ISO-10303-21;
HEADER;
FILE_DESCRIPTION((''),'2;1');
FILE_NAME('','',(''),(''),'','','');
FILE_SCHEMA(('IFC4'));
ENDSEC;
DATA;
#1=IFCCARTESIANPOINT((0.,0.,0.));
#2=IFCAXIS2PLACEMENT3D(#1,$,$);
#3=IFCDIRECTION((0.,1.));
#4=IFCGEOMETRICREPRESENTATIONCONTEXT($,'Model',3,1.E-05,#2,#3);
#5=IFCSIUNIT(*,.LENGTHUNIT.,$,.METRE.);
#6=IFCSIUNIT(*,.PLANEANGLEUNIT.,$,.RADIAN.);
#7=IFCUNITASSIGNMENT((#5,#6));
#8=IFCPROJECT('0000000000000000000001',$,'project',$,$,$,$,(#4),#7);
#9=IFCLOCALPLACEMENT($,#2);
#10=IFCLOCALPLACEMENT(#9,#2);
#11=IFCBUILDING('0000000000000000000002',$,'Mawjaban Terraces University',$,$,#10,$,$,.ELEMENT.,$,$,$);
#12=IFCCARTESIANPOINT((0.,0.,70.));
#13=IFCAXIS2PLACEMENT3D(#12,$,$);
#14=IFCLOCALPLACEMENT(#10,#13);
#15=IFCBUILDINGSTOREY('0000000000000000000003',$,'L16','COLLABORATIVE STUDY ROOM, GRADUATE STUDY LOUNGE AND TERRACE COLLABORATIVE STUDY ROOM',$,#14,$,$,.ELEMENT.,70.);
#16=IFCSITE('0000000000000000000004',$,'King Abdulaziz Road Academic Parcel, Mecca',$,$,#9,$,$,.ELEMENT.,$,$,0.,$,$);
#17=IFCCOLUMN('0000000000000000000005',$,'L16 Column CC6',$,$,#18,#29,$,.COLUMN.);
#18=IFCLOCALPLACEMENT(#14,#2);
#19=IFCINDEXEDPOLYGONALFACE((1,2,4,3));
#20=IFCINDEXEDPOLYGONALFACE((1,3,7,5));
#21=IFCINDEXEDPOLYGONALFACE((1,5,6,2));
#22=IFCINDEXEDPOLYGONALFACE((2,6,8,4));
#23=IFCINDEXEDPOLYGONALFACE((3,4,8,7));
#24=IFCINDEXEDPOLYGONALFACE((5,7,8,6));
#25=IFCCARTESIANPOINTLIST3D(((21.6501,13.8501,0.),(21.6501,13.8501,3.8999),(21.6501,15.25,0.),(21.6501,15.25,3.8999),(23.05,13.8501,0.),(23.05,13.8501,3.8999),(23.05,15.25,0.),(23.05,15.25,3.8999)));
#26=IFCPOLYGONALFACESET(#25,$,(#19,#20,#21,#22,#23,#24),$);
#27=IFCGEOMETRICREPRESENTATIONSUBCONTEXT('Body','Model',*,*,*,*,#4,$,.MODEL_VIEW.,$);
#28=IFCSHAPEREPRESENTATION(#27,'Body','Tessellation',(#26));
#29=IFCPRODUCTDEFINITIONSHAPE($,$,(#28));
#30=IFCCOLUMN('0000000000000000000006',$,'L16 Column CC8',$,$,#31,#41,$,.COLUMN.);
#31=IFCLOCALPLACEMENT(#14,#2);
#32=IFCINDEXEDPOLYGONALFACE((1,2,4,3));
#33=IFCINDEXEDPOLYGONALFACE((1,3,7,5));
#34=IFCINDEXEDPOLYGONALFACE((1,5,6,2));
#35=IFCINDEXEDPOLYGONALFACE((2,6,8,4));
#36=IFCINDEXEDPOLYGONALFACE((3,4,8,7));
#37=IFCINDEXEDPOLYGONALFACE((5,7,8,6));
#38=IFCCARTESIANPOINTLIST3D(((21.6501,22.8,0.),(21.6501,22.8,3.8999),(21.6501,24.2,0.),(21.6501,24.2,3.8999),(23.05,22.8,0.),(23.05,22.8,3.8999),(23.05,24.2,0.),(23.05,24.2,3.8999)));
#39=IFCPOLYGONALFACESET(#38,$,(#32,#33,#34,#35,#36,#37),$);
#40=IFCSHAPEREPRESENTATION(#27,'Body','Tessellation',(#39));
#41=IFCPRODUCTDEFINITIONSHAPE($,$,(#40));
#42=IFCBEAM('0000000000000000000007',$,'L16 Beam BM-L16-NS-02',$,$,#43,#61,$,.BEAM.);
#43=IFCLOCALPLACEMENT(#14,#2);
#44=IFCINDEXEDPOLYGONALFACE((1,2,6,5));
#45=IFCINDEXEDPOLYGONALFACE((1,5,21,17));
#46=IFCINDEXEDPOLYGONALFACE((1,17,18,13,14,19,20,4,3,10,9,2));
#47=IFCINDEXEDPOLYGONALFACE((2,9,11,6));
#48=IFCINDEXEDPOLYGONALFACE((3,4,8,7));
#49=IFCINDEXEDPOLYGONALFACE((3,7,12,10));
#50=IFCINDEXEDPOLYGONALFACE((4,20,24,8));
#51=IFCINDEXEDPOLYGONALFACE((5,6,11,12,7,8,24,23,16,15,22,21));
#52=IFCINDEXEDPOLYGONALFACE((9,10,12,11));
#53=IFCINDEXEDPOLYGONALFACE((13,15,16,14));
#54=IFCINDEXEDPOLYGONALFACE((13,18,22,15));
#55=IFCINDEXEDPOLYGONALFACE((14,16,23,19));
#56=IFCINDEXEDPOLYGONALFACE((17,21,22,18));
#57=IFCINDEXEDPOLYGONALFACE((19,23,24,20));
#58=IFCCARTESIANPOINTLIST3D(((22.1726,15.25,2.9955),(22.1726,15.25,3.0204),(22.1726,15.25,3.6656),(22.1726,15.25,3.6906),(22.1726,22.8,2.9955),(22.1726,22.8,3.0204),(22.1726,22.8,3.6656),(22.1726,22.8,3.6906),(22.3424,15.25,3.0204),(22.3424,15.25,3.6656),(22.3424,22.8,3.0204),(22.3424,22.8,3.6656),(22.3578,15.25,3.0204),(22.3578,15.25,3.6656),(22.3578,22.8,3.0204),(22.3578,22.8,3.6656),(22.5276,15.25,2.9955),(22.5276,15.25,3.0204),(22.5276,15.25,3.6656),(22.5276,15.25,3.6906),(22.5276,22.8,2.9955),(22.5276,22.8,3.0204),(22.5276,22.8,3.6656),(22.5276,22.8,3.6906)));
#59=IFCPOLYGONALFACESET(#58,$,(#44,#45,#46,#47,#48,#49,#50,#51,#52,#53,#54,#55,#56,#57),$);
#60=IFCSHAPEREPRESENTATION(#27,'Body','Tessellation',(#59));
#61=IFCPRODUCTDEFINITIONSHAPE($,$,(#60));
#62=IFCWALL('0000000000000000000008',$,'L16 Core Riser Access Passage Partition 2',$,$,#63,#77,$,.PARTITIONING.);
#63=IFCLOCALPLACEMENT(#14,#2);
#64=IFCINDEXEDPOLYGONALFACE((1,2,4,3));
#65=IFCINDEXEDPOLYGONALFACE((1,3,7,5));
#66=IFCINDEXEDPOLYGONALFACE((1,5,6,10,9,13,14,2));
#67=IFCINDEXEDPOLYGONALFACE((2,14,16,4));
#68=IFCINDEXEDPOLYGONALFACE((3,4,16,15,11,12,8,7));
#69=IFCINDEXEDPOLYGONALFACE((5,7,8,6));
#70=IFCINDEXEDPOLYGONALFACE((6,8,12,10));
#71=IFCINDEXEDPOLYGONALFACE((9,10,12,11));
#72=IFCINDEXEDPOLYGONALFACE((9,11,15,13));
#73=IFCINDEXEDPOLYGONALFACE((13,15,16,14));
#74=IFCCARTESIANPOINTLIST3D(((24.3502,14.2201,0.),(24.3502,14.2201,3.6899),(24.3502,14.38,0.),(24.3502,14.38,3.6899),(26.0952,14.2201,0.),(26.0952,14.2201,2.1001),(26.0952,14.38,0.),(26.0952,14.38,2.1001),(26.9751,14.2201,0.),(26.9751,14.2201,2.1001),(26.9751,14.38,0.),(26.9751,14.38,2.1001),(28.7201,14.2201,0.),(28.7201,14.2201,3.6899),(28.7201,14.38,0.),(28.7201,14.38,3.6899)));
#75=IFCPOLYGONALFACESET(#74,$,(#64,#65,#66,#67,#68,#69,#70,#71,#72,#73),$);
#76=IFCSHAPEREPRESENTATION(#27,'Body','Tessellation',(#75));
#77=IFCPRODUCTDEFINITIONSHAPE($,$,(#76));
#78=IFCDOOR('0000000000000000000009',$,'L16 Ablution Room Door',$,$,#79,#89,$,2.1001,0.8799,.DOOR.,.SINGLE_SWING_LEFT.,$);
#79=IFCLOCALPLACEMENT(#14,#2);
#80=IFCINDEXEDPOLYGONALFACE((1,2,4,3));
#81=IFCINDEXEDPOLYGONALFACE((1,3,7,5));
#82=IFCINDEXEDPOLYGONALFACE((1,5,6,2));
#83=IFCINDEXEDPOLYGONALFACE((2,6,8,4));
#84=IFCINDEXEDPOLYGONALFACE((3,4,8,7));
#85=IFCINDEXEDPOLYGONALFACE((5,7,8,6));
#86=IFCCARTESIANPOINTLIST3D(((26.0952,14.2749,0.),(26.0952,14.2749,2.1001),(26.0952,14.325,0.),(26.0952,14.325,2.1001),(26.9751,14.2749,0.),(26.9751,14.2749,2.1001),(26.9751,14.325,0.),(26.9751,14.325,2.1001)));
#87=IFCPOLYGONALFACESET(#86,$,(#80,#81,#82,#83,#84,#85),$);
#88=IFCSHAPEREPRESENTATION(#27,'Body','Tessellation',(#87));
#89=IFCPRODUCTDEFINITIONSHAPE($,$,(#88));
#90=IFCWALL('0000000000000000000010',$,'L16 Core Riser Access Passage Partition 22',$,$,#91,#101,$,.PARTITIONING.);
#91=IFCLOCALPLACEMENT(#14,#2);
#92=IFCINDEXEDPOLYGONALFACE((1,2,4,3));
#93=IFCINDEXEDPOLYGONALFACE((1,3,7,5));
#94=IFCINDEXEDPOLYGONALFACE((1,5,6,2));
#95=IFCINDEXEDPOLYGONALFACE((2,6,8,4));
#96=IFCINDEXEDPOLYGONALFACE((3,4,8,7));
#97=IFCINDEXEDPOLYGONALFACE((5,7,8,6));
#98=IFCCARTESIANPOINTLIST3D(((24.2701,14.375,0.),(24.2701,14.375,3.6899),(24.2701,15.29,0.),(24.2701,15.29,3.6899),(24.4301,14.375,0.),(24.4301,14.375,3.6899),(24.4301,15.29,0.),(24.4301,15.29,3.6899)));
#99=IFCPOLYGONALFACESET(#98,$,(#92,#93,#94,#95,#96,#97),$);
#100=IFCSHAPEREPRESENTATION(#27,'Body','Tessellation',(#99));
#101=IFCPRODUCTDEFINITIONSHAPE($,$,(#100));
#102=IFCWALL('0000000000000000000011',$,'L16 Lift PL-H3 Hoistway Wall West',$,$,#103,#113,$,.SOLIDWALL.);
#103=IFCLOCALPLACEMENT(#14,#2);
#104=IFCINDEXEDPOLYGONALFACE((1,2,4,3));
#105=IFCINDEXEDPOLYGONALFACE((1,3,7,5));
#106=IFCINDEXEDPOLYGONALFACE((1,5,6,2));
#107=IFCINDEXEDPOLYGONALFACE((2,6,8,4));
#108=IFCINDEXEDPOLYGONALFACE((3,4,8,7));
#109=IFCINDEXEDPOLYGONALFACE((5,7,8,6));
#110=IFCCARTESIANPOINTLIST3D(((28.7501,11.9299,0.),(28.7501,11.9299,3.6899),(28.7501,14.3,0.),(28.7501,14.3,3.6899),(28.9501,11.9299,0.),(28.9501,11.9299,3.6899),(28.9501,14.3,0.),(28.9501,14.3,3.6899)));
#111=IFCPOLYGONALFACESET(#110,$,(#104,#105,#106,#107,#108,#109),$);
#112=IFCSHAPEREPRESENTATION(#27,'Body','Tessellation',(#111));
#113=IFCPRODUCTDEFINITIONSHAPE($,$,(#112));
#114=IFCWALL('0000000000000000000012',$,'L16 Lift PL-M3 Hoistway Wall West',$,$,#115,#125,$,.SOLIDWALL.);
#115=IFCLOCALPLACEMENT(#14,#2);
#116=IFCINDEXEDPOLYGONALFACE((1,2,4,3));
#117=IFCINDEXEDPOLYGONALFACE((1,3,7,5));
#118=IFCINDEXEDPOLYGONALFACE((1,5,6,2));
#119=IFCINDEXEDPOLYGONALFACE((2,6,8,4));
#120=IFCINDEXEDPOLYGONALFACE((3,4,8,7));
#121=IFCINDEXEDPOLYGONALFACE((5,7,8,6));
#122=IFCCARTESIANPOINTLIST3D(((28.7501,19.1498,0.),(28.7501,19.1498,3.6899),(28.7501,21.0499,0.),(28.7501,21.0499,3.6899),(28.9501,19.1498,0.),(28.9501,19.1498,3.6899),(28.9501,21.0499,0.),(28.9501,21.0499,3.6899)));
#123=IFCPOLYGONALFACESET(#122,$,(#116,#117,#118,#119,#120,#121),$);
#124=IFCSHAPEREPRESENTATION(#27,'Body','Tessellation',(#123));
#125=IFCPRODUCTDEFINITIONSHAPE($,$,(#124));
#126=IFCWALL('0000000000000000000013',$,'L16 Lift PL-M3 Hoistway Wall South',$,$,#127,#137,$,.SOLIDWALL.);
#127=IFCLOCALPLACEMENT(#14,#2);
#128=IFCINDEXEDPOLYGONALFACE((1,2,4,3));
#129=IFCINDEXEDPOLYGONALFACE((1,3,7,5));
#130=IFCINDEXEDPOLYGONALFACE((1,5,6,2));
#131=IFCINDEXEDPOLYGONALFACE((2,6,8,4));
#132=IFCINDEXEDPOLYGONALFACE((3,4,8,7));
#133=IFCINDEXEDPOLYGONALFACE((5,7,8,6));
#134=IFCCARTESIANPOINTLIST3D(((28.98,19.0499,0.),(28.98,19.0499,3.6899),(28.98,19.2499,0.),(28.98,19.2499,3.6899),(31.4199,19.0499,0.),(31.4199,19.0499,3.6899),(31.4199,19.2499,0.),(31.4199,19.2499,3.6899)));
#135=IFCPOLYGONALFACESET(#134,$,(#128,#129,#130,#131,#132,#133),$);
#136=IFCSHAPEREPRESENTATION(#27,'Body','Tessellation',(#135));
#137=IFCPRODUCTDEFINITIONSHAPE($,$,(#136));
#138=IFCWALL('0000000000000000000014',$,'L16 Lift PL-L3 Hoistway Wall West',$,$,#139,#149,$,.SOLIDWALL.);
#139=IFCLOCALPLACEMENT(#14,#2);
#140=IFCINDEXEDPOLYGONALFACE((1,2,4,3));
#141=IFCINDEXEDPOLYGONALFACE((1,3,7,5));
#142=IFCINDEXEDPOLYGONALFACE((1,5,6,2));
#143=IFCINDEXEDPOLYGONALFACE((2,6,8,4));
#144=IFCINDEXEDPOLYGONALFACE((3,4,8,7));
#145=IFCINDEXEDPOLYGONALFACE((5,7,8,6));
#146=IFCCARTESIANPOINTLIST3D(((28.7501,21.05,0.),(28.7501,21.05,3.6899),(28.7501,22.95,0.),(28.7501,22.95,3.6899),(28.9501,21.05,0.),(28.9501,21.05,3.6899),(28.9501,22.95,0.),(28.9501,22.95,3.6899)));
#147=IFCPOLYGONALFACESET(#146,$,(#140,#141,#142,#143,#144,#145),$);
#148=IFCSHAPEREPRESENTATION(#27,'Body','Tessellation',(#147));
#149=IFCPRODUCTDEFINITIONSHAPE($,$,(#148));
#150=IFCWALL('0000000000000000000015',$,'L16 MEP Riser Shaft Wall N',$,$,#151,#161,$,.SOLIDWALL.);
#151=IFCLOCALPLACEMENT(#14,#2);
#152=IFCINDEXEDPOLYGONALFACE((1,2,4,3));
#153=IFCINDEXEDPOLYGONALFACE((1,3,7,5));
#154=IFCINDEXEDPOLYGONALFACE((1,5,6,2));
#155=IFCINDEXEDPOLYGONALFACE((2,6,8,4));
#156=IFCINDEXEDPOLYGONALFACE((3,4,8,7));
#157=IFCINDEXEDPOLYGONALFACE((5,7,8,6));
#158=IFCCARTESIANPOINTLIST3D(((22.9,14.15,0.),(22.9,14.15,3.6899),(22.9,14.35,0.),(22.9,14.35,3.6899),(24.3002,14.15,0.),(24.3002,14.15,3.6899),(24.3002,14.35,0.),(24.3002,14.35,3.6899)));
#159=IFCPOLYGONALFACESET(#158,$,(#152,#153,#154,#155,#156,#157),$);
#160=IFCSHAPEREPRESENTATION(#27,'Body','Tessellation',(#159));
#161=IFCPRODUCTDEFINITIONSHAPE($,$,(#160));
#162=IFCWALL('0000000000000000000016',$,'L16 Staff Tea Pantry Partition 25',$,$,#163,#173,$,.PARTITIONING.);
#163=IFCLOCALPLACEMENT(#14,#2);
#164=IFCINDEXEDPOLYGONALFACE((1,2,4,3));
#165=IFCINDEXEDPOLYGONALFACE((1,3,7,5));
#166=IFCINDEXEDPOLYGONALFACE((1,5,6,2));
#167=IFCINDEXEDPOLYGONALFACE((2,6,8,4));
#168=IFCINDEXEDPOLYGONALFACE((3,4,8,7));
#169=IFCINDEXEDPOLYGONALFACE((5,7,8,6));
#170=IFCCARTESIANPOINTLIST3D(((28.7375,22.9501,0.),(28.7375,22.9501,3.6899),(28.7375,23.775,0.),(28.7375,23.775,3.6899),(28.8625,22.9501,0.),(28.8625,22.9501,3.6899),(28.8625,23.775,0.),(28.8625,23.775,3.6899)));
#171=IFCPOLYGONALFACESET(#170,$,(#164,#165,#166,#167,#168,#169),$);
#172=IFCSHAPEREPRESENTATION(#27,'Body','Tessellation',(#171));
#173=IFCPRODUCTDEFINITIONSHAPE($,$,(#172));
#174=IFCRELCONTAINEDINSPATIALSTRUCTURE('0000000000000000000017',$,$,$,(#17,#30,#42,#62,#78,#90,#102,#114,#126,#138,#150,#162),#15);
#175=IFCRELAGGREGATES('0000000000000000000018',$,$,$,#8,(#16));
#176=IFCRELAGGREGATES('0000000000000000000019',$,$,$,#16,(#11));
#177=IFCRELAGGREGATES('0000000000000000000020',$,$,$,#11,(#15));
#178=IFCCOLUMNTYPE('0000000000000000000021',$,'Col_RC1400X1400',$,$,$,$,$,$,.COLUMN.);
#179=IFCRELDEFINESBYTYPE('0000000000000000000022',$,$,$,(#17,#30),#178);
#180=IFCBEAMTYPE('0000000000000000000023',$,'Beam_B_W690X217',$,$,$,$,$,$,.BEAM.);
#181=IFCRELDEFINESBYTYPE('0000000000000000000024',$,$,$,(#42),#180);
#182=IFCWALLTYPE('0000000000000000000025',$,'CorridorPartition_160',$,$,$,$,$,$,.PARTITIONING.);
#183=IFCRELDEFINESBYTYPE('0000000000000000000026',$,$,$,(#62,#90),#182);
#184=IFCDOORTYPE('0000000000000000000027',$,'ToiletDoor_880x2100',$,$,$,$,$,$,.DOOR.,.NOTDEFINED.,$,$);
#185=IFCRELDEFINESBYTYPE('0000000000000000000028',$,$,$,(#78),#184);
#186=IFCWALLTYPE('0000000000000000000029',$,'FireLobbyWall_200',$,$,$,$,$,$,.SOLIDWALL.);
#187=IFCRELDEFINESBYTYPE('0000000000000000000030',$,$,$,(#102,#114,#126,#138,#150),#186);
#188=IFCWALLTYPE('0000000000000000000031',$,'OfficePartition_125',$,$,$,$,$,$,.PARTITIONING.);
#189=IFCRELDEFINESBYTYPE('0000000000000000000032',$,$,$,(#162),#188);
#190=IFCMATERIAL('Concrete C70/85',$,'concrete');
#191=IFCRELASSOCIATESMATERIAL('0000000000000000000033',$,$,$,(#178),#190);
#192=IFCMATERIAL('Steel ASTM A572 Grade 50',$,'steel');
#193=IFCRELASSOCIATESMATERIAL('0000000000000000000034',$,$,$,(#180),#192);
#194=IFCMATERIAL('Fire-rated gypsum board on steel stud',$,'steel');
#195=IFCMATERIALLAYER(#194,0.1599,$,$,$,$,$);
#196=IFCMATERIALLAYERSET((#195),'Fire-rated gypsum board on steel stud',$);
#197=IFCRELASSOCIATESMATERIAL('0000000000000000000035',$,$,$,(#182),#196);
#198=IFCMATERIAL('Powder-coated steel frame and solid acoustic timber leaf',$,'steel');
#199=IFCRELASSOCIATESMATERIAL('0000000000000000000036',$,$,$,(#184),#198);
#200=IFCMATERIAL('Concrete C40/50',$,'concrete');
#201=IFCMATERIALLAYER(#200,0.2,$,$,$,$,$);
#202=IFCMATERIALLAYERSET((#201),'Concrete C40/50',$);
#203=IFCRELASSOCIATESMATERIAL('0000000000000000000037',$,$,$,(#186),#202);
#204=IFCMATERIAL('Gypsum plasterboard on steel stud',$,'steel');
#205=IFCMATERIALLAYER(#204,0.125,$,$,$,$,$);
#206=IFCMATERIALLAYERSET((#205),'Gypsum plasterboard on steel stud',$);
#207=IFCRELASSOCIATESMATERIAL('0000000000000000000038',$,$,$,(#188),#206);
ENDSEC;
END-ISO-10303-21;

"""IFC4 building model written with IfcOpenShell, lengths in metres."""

from ifc_helpers import new_model, si_unit, direction, frame, frame_2d, origin, origin_2d, place, context, subcontext, project, spatial, rectangle, i_section, extrude, material, layer, layer_set, material_profile, profile_set, type_object, element, fill, save


model = new_model("IFC4")

# Units and contexts
model_context = context("Model", 3, precision=1e-05, world=origin(), true_north=direction((0.0, 1.0)))
body_context = subcontext(model_context, "Body", "Model", "MODEL_VIEW")
ifc_project = project(units=[si_unit("LENGTHUNIT", "METRE"), si_unit("PLANEANGLEUNIT", "RADIAN")], contexts=[model_context])

# Site, building, storey
site_placement = place(None, origin())
site = spatial("IfcSite", under=ifc_project, at=site_placement, Name="King Abdulaziz Road Academic Parcel, Mecca", CompositionType="ELEMENT", RefElevation=0.0)
building_placement = place(site_placement, origin())
building = spatial("IfcBuilding", under=site, at=building_placement, Name="Mawjaban Terraces University", CompositionType="ELEMENT")
storey_placement = place(building_placement, frame((0.0, 0.0, 70.0)))
storey = spatial("IfcBuildingStorey", under=building, at=storey_placement, Name="L16", Description="COLLABORATIVE STUDY ROOM, GRADUATE STUDY LOUNGE AND TERRACE COLLABORATIVE STUDY ROOM", CompositionType="ELEMENT", Elevation=70.0)

# Columns
ifc_material_1 = material(Name="Concrete C70/85", Category="concrete")
ifc_material_profile_1 = material_profile(ifc_material_1, rectangle(XDim=1.3999, YDim=1.3999, at=origin_2d()), Name="RC1400X1400")
ifc_profile_set_1 = profile_set([ifc_material_profile_1], Name="Concrete C70/85")
column_type = type_object("IfcColumnType", Name="Col_RC1400X1400", PredefinedType="COLUMN", material=ifc_profile_set_1)
for number, where, z_axis, x_axis, name in (
    (1, (22.3501, 14.55, 0.0), (0.0, 0.0, 1.0), (1.0, 0.0, 0.0), "L16 Column CC6"),
    (2, (22.3501, 23.5, 0.0), (0.0, 0.0, 1.0), (1.0, 0.0, 0.0), "L16 Column CC8"),
):
    element("IfcColumn", number, at=place(storey_placement, frame(where, z_axis=z_axis, x_axis=x_axis)), inside=storey, type_object=column_type, Name=name, PredefinedType="COLUMN", context=body_context, shape_type="SweptSolid", body=[
        extrude(rectangle(XDim=1.3999, YDim=1.3999, at=origin_2d()), origin(), (0.0, 0.0, 1.0), 3.8999),
    ])

# Beam
ifc_material_2 = material(Name="Steel ASTM A572 Grade 50", Category="steel")
ifc_material_profile_2 = material_profile(ifc_material_2, i_section(OverallWidth=0.355, OverallDepth=0.6951, WebThickness=0.0154, FlangeThickness=0.0249, at=origin_2d()), Name="W690X217")
ifc_profile_set_2 = profile_set([ifc_material_profile_2], Name="Steel ASTM A572 Grade 50")
beam_type = type_object("IfcBeamType", Name="Beam_B_W690X217", PredefinedType="BEAM", material=ifc_profile_set_2)
beam_placement = place(storey_placement, frame((22.3501, 15.25, 3.343), z_axis=(0.0, 1.0, 0.0), x_axis=(-1.0, 0.0, 0.0)))
element("IfcBeam", 3, at=beam_placement, inside=storey, type_object=beam_type, Name="L16 Beam BM-L16-NS-02", PredefinedType="BEAM", context=body_context, shape_type="SweptSolid", body=[
    extrude(i_section(OverallWidth=0.355, OverallDepth=0.6951, WebThickness=0.0154, FlangeThickness=0.0249, at=origin_2d()), origin(), (0.0, 0.0, 1.0), 7.55),
])

# Wall, opening, door
ifc_material_3 = material(Name="Fire-rated gypsum board on steel stud", Category="steel")
ifc_layer_1 = layer(ifc_material_3, 0.1599)
ifc_layer_set_1 = layer_set([ifc_layer_1], Name="Fire-rated gypsum board on steel stud")
wall_type_1 = type_object("IfcWallType", Name="CorridorPartition_160", PredefinedType="PARTITIONING", material=ifc_layer_set_1)
wall_1_placement = place(storey_placement, frame((24.3501, 14.3, 0.0), z_axis=(0.0, 0.0, 1.0), x_axis=(1.0, 0.0, 0.0)))
wall_1 = element("IfcWall", 4, at=wall_1_placement, inside=storey, type_object=wall_type_1, Name="L16 Core Riser Access Passage Partition 2", PredefinedType="PARTITIONING", context=body_context, shape_type="SweptSolid", body=[
    extrude(rectangle(XDim=4.3699, YDim=0.1599, at=frame_2d((2.1851, 0.0))), origin(), (0.0, 0.0, 1.0), 3.6899),
])
opening_placement = place(wall_1_placement, frame((1.7451, 0.0, 0.0)))
opening = element("IfcOpeningElement", 5, at=opening_placement, cuts=wall_1, PredefinedType="OPENING", context=body_context, shape_type="SweptSolid", body=[
    extrude(rectangle(XDim=0.8799, YDim=2.1001, at=frame_2d((0.4399, 1.05))), frame((0.0, 0.0898, 0.0), z_axis=(0.0, -1.0, 0.0), x_axis=(1.0, 0.0, 0.0)), (0.0, 0.0, 1.0), 0.1799),
])
ifc_material_4 = material(Name="Powder-coated steel frame and solid acoustic timber leaf", Category="steel")
door_type = type_object("IfcDoorType", Name="ToiletDoor_880x2100", OperationType="NOTDEFINED", PredefinedType="DOOR", material=ifc_material_4)
door_placement = place(opening_placement, origin())
door = element("IfcDoor", 6, at=door_placement, inside=storey, type_object=door_type, Name="L16 Ablution Room Door", OperationType="SINGLE_SWING_LEFT", OverallHeight=2.1001, OverallWidth=0.8799, PredefinedType="DOOR", context=body_context, shape_type="SweptSolid", body=[
    extrude(rectangle(XDim=0.8799, YDim=2.1001, at=frame_2d((0.4399, 1.05))), frame((0.0, 0.0249, 0.0), z_axis=(0.0, -1.0, 0.0), x_axis=(1.0, 0.0, 0.0)), (0.0, 0.0, 1.0), 0.05),
])
fill(opening, door)

# Walls
wall_2_placement = place(storey_placement, frame((24.3501, 15.29, 0.0), z_axis=(0.0, 0.0, 1.0), x_axis=(0.0, -1.0, 0.0)))
element("IfcWall", 7, at=wall_2_placement, inside=storey, type_object=wall_type_1, Name="L16 Core Riser Access Passage Partition 22", PredefinedType="PARTITIONING", context=body_context, shape_type="SweptSolid", body=[
    extrude(rectangle(XDim=0.915, YDim=0.1599, at=frame_2d((0.4575, 0.0))), origin(), (0.0, 0.0, 1.0), 3.6899),
])
ifc_material_5 = material(Name="Concrete C40/50", Category="concrete")
ifc_layer_2 = layer(ifc_material_5, 0.2)
ifc_layer_set_2 = layer_set([ifc_layer_2], Name="Concrete C40/50")
wall_type_2 = type_object("IfcWallType", Name="FireLobbyWall_200", PredefinedType="SOLIDWALL", material=ifc_layer_set_2)
wall_3_placement = place(storey_placement, frame((28.8501, 14.3, 0.0), z_axis=(0.0, 0.0, 1.0), x_axis=(0.0, -1.0, 0.0)))
element("IfcWall", 8, at=wall_3_placement, inside=storey, type_object=wall_type_2, Name="L16 Lift PL-H3 Hoistway Wall West", PredefinedType="SOLIDWALL", context=body_context, shape_type="SweptSolid", body=[
    extrude(rectangle(XDim=2.3701, YDim=0.2, at=frame_2d((1.1851, 0.0))), origin(), (0.0, 0.0, 1.0), 3.6899),
])
wall_4_placement = place(storey_placement, frame((28.8501, 21.05, 0.0), z_axis=(0.0, 0.0, 1.0), x_axis=(0.0, -1.0, 0.0)))
element("IfcWall", 9, at=wall_4_placement, inside=storey, type_object=wall_type_2, Name="L16 Lift PL-M3 Hoistway Wall West", PredefinedType="SOLIDWALL", context=body_context, shape_type="SweptSolid", body=[
    extrude(rectangle(XDim=1.9001, YDim=0.2, at=frame_2d((0.9502, 0.0))), origin(), (0.0, 0.0, 1.0), 3.6899),
])
wall_5_placement = place(storey_placement, frame((28.98, 19.1499, 0.0), z_axis=(0.0, 0.0, 1.0), x_axis=(1.0, 0.0, 0.0)))
element("IfcWall", 10, at=wall_5_placement, inside=storey, type_object=wall_type_2, Name="L16 Lift PL-M3 Hoistway Wall South", PredefinedType="SOLIDWALL", context=body_context, shape_type="SweptSolid", body=[
    extrude(rectangle(XDim=2.4399, YDim=0.2, at=frame_2d((1.22, 0.0))), origin(), (0.0, 0.0, 1.0), 3.6899),
])
wall_6_placement = place(storey_placement, frame((28.8501, 22.95, 0.0), z_axis=(0.0, 0.0, 1.0), x_axis=(0.0, -1.0, 0.0)))
element("IfcWall", 11, at=wall_6_placement, inside=storey, type_object=wall_type_2, Name="L16 Lift PL-L3 Hoistway Wall West", PredefinedType="SOLIDWALL", context=body_context, shape_type="SweptSolid", body=[
    extrude(rectangle(XDim=1.8999, YDim=0.2, at=frame_2d((0.95, 0.0))), origin(), (0.0, 0.0, 1.0), 3.6899),
])
wall_7_placement = place(storey_placement, frame((22.8999, 14.25, 0.0), z_axis=(0.0, 0.0, 1.0), x_axis=(1.0, 0.0, 0.0)))
element("IfcWall", 12, at=wall_7_placement, inside=storey, type_object=wall_type_2, Name="L16 MEP Riser Shaft Wall N", PredefinedType="SOLIDWALL", context=body_context, shape_type="SweptSolid", body=[
    extrude(rectangle(XDim=1.4001, YDim=0.2, at=frame_2d((0.7002, 0.0))), origin(), (0.0, 0.0, 1.0), 3.6899),
])
ifc_material_6 = material(Name="Gypsum plasterboard on steel stud", Category="steel")
ifc_layer_3 = layer(ifc_material_6, 0.125)
ifc_layer_set_3 = layer_set([ifc_layer_3], Name="Gypsum plasterboard on steel stud")
wall_type_3 = type_object("IfcWallType", Name="OfficePartition_125", PredefinedType="PARTITIONING", material=ifc_layer_set_3)
wall_8_placement = place(storey_placement, frame((28.8, 22.95, 0.0), z_axis=(0.0, 0.0, 1.0), x_axis=(0.0, 1.0, 0.0)))
element("IfcWall", 13, at=wall_8_placement, inside=storey, type_object=wall_type_3, Name="L16 Staff Tea Pantry Partition 25", PredefinedType="PARTITIONING", context=body_context, shape_type="SweptSolid", body=[
    extrude(rectangle(XDim=0.825, YDim=0.125, at=frame_2d((0.4126, 0.0))), origin(), (0.0, 0.0, 1.0), 3.6899),
])

save(model, "model.ifc")
